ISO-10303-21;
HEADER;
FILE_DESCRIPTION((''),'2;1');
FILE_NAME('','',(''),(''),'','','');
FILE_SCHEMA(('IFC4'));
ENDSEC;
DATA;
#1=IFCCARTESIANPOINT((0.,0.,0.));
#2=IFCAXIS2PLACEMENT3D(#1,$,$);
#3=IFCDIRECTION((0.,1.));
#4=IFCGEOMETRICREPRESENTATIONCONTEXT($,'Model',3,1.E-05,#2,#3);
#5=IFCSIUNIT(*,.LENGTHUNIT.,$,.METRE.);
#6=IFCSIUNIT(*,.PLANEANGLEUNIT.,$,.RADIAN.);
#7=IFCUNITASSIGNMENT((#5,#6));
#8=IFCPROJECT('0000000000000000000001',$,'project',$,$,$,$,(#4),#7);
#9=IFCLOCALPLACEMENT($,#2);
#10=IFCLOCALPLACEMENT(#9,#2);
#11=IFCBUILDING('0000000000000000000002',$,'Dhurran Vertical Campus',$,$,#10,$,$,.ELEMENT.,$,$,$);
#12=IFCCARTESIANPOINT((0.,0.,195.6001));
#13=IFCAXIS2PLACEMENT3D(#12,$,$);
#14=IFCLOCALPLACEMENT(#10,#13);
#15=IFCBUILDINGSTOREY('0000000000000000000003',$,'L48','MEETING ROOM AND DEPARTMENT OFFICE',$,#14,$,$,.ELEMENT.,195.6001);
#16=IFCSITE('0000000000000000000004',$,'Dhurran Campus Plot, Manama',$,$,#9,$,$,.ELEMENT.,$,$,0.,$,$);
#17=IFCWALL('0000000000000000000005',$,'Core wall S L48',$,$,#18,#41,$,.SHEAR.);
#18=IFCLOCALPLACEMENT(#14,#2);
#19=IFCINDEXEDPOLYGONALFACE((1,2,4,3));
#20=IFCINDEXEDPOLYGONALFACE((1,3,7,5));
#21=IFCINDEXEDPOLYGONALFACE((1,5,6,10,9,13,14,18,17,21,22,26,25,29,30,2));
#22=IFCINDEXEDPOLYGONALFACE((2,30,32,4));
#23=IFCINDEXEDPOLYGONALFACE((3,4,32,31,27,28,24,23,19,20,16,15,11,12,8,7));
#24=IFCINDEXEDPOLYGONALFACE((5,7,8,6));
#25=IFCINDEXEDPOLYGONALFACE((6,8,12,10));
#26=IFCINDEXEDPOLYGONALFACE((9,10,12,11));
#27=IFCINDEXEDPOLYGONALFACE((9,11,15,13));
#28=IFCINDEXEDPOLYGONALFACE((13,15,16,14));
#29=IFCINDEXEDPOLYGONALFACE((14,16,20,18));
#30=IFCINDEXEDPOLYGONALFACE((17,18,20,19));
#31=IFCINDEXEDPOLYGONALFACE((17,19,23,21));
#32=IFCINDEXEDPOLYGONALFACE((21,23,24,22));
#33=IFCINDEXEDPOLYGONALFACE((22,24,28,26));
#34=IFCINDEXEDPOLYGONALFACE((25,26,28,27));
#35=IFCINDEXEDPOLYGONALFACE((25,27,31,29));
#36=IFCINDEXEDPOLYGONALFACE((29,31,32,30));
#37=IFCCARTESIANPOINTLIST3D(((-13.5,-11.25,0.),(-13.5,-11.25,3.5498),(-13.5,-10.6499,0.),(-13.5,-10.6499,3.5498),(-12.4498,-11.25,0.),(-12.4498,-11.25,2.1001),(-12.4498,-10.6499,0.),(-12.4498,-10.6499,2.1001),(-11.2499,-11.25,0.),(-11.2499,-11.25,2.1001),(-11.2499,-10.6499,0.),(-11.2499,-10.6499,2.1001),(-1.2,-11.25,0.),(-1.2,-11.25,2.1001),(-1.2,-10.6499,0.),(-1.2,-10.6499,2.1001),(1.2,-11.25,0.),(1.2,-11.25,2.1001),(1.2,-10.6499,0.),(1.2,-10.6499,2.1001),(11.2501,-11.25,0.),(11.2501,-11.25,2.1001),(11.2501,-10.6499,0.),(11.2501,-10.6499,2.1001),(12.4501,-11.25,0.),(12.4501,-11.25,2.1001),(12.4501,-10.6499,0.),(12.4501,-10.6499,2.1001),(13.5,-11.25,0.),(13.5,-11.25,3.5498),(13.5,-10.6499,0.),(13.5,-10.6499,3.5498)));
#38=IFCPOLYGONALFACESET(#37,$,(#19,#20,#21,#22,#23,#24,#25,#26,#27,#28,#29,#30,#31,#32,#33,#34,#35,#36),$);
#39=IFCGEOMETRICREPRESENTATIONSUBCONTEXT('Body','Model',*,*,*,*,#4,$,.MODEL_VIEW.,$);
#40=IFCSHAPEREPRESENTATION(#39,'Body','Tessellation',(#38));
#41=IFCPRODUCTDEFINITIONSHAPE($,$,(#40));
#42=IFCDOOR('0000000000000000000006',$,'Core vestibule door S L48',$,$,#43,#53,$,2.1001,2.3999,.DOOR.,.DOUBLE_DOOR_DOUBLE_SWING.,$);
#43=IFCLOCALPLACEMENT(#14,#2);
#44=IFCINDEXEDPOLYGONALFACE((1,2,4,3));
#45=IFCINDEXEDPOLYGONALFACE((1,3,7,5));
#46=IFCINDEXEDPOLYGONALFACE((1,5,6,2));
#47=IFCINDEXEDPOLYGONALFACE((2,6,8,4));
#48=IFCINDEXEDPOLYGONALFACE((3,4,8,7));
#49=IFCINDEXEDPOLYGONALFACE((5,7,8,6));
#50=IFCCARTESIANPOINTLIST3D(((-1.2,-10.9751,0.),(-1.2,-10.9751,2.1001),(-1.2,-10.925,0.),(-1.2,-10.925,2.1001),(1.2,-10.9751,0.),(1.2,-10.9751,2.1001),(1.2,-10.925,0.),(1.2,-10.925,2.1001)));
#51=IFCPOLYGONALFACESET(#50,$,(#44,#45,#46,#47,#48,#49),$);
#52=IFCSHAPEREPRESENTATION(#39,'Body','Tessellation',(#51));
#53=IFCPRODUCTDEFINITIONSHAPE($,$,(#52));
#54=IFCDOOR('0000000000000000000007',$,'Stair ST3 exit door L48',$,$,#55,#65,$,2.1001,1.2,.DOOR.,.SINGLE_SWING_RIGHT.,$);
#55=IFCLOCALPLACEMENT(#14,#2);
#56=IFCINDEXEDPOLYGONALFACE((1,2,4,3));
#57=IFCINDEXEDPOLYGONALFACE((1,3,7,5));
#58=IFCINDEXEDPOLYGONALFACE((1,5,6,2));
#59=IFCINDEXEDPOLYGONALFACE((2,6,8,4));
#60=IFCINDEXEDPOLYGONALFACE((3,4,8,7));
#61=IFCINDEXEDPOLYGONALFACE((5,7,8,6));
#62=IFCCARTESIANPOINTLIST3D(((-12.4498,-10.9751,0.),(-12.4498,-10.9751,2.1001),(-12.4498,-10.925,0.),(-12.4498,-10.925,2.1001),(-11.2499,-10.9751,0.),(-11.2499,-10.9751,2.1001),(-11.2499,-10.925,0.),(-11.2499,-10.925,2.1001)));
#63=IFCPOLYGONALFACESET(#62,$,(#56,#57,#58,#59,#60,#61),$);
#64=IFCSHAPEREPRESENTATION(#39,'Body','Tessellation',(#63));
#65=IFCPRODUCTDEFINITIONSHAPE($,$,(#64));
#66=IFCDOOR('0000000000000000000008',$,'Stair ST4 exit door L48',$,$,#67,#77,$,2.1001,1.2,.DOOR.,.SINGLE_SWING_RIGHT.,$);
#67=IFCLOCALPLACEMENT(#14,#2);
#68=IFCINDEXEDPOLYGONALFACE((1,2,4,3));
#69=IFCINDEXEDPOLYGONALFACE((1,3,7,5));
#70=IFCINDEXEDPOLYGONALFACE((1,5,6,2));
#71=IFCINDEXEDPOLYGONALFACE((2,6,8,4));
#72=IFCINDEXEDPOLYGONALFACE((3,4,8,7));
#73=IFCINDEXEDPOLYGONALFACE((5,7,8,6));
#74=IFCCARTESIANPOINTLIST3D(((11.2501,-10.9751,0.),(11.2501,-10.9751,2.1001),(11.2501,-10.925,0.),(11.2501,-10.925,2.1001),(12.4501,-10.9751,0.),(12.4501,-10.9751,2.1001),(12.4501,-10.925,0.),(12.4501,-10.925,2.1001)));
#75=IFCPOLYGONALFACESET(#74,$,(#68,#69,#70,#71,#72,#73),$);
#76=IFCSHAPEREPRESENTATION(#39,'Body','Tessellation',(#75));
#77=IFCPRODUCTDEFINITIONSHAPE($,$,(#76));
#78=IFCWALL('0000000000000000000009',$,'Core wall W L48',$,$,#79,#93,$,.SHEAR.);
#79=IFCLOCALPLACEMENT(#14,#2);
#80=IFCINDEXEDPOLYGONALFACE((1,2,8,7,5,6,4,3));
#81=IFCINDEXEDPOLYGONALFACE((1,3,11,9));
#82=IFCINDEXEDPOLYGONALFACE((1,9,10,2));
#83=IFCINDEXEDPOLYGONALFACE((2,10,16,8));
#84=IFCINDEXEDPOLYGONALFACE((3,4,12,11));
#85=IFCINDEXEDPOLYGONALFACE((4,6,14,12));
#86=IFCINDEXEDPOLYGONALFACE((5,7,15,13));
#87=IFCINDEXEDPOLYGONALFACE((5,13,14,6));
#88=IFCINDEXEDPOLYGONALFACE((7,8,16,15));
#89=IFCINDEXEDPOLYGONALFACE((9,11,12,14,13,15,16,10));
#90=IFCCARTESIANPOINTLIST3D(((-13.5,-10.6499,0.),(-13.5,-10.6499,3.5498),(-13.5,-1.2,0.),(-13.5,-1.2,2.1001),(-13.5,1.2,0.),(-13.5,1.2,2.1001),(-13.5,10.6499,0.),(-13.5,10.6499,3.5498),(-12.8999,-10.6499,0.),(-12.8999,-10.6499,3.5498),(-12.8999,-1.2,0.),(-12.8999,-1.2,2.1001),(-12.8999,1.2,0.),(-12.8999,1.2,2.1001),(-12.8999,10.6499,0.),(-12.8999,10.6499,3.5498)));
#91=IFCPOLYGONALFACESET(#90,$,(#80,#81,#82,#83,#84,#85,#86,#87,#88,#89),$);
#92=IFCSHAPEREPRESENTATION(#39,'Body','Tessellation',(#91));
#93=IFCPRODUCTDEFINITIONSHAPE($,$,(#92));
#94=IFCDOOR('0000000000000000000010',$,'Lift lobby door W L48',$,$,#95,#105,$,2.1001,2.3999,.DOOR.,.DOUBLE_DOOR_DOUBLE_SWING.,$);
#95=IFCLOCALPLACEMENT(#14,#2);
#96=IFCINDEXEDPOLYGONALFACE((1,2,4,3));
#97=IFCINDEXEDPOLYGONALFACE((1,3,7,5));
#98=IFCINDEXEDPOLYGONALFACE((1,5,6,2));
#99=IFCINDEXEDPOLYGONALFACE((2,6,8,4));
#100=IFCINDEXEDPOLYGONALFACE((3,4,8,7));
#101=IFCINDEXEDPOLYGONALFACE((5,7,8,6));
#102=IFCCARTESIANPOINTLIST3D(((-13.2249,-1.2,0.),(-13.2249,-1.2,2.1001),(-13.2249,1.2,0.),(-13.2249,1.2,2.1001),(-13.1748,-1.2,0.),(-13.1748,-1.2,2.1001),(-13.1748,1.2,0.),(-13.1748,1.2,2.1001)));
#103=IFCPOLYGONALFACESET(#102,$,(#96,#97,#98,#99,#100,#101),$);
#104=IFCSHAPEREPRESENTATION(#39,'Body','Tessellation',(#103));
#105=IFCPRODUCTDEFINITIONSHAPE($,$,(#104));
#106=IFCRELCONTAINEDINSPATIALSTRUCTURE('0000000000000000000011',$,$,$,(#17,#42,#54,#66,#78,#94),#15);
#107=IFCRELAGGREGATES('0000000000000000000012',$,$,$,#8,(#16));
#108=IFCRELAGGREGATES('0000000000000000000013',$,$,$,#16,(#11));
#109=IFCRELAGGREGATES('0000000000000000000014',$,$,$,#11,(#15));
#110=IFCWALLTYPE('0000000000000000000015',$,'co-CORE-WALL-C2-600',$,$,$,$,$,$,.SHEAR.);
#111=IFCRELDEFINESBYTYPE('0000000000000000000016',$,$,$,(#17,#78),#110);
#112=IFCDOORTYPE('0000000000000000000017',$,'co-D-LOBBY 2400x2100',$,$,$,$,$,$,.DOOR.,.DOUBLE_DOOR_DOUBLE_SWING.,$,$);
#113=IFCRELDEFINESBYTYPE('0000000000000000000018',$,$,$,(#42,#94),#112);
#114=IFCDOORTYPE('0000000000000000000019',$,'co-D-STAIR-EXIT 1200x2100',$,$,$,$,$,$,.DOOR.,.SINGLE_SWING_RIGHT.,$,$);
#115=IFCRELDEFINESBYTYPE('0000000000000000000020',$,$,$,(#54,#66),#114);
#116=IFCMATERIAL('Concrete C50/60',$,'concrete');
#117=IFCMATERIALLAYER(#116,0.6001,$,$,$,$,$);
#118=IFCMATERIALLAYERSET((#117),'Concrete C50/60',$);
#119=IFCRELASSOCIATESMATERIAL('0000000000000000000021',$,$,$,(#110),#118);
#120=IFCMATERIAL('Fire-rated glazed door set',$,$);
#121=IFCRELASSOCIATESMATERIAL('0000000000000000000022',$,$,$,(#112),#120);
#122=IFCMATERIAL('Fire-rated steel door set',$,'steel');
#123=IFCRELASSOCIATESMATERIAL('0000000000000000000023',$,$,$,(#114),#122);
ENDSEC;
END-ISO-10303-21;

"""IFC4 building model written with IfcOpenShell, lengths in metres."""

from ifc_helpers import new_model, si_unit, direction, frame, frame_2d, origin, place, context, subcontext, project, spatial, rectangle, extrude, material, layer, layer_set, type_object, element, fill, save


model = new_model("IFC4")

# Units and contexts
model_context = context("Model", 3, precision=1e-05, world=origin(), true_north=direction((0.0, 1.0)))
body_context = subcontext(model_context, "Body", "Model", "MODEL_VIEW")
ifc_project = project(units=[si_unit("LENGTHUNIT", "METRE"), si_unit("PLANEANGLEUNIT", "RADIAN")], contexts=[model_context])

# Site, building, storey
site_placement = place(None, origin())
site = spatial("IfcSite", under=ifc_project, at=site_placement, Name="Dhurran Campus Plot, Manama", CompositionType="ELEMENT", RefElevation=0.0)
building_placement = place(site_placement, origin())
building = spatial("IfcBuilding", under=site, at=building_placement, Name="Dhurran Vertical Campus", CompositionType="ELEMENT")
storey_placement = place(building_placement, frame((0.0, 0.0, 195.6001)))
storey = spatial("IfcBuildingStorey", under=building, at=storey_placement, Name="L48", Description="MEETING ROOM AND DEPARTMENT OFFICE", CompositionType="ELEMENT", Elevation=195.6001)

# Wall, openings, doors
ifc_material_1 = material(Name="Concrete C50/60", Category="concrete")
ifc_layer_1 = layer(ifc_material_1, 0.6001)
ifc_layer_set_1 = layer_set([ifc_layer_1], Name="Concrete C50/60")
wall_type_1 = type_object("IfcWallType", Name="co-CORE-WALL-C2-600", PredefinedType="SHEAR", material=ifc_layer_set_1)
wall_1_placement = place(storey_placement, frame((-13.5, -10.95, 0.0), z_axis=(0.0, 0.0, 1.0), x_axis=(1.0, 0.0, 0.0)))
wall_1 = element("IfcWall", 1, at=wall_1_placement, inside=storey, type_object=wall_type_1, Name="Core wall S L48", PredefinedType="SHEAR", context=body_context, shape_type="SweptSolid", body=[
    extrude(rectangle(XDim=27.0, YDim=0.6001, at=frame_2d((13.5, 0.0))), origin(), (0.0, 0.0, 1.0), 3.5498),
])
opening_1_placement = place(wall_1_placement, frame((12.3, 0.0, 0.0)))
opening_1 = element("IfcOpeningElement", 2, at=opening_1_placement, cuts=wall_1, PredefinedType="OPENING", context=body_context, shape_type="SweptSolid", body=[
    extrude(rectangle(XDim=2.3999, YDim=2.1001, at=frame_2d((1.2, 1.05))), frame((0.0, 0.3101, 0.0), z_axis=(0.0, -1.0, 0.0), x_axis=(1.0, 0.0, 0.0)), (0.0, 0.0, 1.0), 0.6201),
])
opening_2_placement = place(wall_1_placement, frame((1.05, 0.0, 0.0)))
opening_2 = element("IfcOpeningElement", 3, at=opening_2_placement, cuts=wall_1, PredefinedType="OPENING", context=body_context, shape_type="SweptSolid", body=[
    extrude(rectangle(XDim=1.2, YDim=2.1001, at=frame_2d((0.6001, 1.05))), frame((0.0, 0.3101, 0.0), z_axis=(0.0, -1.0, 0.0), x_axis=(1.0, 0.0, 0.0)), (0.0, 0.0, 1.0), 0.6201),
])
opening_3_placement = place(wall_1_placement, frame((24.75, 0.0, 0.0)))
opening_3 = element("IfcOpeningElement", 4, at=opening_3_placement, cuts=wall_1, PredefinedType="OPENING", context=body_context, shape_type="SweptSolid", body=[
    extrude(rectangle(XDim=1.2, YDim=2.1001, at=frame_2d((0.6001, 1.05))), frame((0.0, 0.3101, 0.0), z_axis=(0.0, -1.0, 0.0), x_axis=(1.0, 0.0, 0.0)), (0.0, 0.0, 1.0), 0.6201),
])
ifc_material_2 = material(Name="Fire-rated glazed door set")
door_type_1 = type_object("IfcDoorType", Name="co-D-LOBBY 2400x2100", OperationType="DOUBLE_DOOR_DOUBLE_SWING", PredefinedType="DOOR", material=ifc_material_2)
door_1_placement = place(opening_1_placement, origin())
door_1 = element("IfcDoor", 5, at=door_1_placement, inside=storey, type_object=door_type_1, Name="Core vestibule door S L48", OperationType="DOUBLE_DOOR_DOUBLE_SWING", OverallHeight=2.1001, OverallWidth=2.3999, PredefinedType="DOOR", context=body_context, shape_type="SweptSolid", body=[
    extrude(rectangle(XDim=2.3999, YDim=2.1001, at=frame_2d((1.2, 1.05))), frame((0.0, 0.0249, 0.0), z_axis=(0.0, -1.0, 0.0), x_axis=(1.0, 0.0, 0.0)), (0.0, 0.0, 1.0), 0.05),
])
fill(opening_1, door_1)
ifc_material_3 = material(Name="Fire-rated steel door set", Category="steel")
door_type_2 = type_object("IfcDoorType", Name="co-D-STAIR-EXIT 1200x2100", OperationType="SINGLE_SWING_RIGHT", PredefinedType="DOOR", material=ifc_material_3)
door_2_placement = place(opening_2_placement, origin())
door_2 = element("IfcDoor", 6, at=door_2_placement, inside=storey, type_object=door_type_2, Name="Stair ST3 exit door L48", OperationType="SINGLE_SWING_RIGHT", OverallHeight=2.1001, OverallWidth=1.2, PredefinedType="DOOR", context=body_context, shape_type="SweptSolid", body=[
    extrude(rectangle(XDim=1.2, YDim=2.1001, at=frame_2d((0.6001, 1.05))), frame((0.0, 0.0249, 0.0), z_axis=(0.0, -1.0, 0.0), x_axis=(1.0, 0.0, 0.0)), (0.0, 0.0, 1.0), 0.05),
])
fill(opening_2, door_2)
door_3_placement = place(opening_3_placement, origin())
door_3 = element("IfcDoor", 7, at=door_3_placement, inside=storey, type_object=door_type_2, Name="Stair ST4 exit door L48", OperationType="SINGLE_SWING_RIGHT", OverallHeight=2.1001, OverallWidth=1.2, PredefinedType="DOOR", context=body_context, shape_type="SweptSolid", body=[
    extrude(rectangle(XDim=1.2, YDim=2.1001, at=frame_2d((0.6001, 1.05))), frame((0.0, 0.0249, 0.0), z_axis=(0.0, -1.0, 0.0), x_axis=(1.0, 0.0, 0.0)), (0.0, 0.0, 1.0), 0.05),
])
fill(opening_3, door_3)

# Wall, opening, door
wall_2_placement = place(storey_placement, frame((-13.2, -10.6499, 0.0), z_axis=(0.0, 0.0, 1.0), x_axis=(0.0, 1.0, 0.0)))
wall_2 = element("IfcWall", 8, at=wall_2_placement, inside=storey, type_object=wall_type_1, Name="Core wall W L48", PredefinedType="SHEAR", context=body_context, shape_type="SweptSolid", body=[
    extrude(rectangle(XDim=21.2998, YDim=0.6001, at=frame_2d((10.6499, 0.0))), origin(), (0.0, 0.0, 1.0), 3.5498),
])
opening_4_placement = place(wall_2_placement, frame((9.45, 0.0, 0.0)))
opening_4 = element("IfcOpeningElement", 9, at=opening_4_placement, cuts=wall_2, PredefinedType="OPENING", context=body_context, shape_type="SweptSolid", body=[
    extrude(rectangle(XDim=2.3999, YDim=2.1001, at=frame_2d((1.2, 1.05))), frame((0.0, 0.3101, 0.0), z_axis=(0.0, -1.0, 0.0), x_axis=(1.0, 0.0, 0.0)), (0.0, 0.0, 1.0), 0.6201),
])
door_4_placement = place(opening_4_placement, origin())
door_4 = element("IfcDoor", 10, at=door_4_placement, inside=storey, type_object=door_type_1, Name="Lift lobby door W L48", OperationType="DOUBLE_DOOR_DOUBLE_SWING", OverallHeight=2.1001, OverallWidth=2.3999, PredefinedType="DOOR", context=body_context, shape_type="SweptSolid", body=[
    extrude(rectangle(XDim=2.3999, YDim=2.1001, at=frame_2d((1.2, 1.05))), frame((0.0, 0.0249, 0.0), z_axis=(0.0, -1.0, 0.0), x_axis=(1.0, 0.0, 0.0)), (0.0, 0.0, 1.0), 0.05),
])
fill(opening_4, door_4)

save(model, "model.ifc")
